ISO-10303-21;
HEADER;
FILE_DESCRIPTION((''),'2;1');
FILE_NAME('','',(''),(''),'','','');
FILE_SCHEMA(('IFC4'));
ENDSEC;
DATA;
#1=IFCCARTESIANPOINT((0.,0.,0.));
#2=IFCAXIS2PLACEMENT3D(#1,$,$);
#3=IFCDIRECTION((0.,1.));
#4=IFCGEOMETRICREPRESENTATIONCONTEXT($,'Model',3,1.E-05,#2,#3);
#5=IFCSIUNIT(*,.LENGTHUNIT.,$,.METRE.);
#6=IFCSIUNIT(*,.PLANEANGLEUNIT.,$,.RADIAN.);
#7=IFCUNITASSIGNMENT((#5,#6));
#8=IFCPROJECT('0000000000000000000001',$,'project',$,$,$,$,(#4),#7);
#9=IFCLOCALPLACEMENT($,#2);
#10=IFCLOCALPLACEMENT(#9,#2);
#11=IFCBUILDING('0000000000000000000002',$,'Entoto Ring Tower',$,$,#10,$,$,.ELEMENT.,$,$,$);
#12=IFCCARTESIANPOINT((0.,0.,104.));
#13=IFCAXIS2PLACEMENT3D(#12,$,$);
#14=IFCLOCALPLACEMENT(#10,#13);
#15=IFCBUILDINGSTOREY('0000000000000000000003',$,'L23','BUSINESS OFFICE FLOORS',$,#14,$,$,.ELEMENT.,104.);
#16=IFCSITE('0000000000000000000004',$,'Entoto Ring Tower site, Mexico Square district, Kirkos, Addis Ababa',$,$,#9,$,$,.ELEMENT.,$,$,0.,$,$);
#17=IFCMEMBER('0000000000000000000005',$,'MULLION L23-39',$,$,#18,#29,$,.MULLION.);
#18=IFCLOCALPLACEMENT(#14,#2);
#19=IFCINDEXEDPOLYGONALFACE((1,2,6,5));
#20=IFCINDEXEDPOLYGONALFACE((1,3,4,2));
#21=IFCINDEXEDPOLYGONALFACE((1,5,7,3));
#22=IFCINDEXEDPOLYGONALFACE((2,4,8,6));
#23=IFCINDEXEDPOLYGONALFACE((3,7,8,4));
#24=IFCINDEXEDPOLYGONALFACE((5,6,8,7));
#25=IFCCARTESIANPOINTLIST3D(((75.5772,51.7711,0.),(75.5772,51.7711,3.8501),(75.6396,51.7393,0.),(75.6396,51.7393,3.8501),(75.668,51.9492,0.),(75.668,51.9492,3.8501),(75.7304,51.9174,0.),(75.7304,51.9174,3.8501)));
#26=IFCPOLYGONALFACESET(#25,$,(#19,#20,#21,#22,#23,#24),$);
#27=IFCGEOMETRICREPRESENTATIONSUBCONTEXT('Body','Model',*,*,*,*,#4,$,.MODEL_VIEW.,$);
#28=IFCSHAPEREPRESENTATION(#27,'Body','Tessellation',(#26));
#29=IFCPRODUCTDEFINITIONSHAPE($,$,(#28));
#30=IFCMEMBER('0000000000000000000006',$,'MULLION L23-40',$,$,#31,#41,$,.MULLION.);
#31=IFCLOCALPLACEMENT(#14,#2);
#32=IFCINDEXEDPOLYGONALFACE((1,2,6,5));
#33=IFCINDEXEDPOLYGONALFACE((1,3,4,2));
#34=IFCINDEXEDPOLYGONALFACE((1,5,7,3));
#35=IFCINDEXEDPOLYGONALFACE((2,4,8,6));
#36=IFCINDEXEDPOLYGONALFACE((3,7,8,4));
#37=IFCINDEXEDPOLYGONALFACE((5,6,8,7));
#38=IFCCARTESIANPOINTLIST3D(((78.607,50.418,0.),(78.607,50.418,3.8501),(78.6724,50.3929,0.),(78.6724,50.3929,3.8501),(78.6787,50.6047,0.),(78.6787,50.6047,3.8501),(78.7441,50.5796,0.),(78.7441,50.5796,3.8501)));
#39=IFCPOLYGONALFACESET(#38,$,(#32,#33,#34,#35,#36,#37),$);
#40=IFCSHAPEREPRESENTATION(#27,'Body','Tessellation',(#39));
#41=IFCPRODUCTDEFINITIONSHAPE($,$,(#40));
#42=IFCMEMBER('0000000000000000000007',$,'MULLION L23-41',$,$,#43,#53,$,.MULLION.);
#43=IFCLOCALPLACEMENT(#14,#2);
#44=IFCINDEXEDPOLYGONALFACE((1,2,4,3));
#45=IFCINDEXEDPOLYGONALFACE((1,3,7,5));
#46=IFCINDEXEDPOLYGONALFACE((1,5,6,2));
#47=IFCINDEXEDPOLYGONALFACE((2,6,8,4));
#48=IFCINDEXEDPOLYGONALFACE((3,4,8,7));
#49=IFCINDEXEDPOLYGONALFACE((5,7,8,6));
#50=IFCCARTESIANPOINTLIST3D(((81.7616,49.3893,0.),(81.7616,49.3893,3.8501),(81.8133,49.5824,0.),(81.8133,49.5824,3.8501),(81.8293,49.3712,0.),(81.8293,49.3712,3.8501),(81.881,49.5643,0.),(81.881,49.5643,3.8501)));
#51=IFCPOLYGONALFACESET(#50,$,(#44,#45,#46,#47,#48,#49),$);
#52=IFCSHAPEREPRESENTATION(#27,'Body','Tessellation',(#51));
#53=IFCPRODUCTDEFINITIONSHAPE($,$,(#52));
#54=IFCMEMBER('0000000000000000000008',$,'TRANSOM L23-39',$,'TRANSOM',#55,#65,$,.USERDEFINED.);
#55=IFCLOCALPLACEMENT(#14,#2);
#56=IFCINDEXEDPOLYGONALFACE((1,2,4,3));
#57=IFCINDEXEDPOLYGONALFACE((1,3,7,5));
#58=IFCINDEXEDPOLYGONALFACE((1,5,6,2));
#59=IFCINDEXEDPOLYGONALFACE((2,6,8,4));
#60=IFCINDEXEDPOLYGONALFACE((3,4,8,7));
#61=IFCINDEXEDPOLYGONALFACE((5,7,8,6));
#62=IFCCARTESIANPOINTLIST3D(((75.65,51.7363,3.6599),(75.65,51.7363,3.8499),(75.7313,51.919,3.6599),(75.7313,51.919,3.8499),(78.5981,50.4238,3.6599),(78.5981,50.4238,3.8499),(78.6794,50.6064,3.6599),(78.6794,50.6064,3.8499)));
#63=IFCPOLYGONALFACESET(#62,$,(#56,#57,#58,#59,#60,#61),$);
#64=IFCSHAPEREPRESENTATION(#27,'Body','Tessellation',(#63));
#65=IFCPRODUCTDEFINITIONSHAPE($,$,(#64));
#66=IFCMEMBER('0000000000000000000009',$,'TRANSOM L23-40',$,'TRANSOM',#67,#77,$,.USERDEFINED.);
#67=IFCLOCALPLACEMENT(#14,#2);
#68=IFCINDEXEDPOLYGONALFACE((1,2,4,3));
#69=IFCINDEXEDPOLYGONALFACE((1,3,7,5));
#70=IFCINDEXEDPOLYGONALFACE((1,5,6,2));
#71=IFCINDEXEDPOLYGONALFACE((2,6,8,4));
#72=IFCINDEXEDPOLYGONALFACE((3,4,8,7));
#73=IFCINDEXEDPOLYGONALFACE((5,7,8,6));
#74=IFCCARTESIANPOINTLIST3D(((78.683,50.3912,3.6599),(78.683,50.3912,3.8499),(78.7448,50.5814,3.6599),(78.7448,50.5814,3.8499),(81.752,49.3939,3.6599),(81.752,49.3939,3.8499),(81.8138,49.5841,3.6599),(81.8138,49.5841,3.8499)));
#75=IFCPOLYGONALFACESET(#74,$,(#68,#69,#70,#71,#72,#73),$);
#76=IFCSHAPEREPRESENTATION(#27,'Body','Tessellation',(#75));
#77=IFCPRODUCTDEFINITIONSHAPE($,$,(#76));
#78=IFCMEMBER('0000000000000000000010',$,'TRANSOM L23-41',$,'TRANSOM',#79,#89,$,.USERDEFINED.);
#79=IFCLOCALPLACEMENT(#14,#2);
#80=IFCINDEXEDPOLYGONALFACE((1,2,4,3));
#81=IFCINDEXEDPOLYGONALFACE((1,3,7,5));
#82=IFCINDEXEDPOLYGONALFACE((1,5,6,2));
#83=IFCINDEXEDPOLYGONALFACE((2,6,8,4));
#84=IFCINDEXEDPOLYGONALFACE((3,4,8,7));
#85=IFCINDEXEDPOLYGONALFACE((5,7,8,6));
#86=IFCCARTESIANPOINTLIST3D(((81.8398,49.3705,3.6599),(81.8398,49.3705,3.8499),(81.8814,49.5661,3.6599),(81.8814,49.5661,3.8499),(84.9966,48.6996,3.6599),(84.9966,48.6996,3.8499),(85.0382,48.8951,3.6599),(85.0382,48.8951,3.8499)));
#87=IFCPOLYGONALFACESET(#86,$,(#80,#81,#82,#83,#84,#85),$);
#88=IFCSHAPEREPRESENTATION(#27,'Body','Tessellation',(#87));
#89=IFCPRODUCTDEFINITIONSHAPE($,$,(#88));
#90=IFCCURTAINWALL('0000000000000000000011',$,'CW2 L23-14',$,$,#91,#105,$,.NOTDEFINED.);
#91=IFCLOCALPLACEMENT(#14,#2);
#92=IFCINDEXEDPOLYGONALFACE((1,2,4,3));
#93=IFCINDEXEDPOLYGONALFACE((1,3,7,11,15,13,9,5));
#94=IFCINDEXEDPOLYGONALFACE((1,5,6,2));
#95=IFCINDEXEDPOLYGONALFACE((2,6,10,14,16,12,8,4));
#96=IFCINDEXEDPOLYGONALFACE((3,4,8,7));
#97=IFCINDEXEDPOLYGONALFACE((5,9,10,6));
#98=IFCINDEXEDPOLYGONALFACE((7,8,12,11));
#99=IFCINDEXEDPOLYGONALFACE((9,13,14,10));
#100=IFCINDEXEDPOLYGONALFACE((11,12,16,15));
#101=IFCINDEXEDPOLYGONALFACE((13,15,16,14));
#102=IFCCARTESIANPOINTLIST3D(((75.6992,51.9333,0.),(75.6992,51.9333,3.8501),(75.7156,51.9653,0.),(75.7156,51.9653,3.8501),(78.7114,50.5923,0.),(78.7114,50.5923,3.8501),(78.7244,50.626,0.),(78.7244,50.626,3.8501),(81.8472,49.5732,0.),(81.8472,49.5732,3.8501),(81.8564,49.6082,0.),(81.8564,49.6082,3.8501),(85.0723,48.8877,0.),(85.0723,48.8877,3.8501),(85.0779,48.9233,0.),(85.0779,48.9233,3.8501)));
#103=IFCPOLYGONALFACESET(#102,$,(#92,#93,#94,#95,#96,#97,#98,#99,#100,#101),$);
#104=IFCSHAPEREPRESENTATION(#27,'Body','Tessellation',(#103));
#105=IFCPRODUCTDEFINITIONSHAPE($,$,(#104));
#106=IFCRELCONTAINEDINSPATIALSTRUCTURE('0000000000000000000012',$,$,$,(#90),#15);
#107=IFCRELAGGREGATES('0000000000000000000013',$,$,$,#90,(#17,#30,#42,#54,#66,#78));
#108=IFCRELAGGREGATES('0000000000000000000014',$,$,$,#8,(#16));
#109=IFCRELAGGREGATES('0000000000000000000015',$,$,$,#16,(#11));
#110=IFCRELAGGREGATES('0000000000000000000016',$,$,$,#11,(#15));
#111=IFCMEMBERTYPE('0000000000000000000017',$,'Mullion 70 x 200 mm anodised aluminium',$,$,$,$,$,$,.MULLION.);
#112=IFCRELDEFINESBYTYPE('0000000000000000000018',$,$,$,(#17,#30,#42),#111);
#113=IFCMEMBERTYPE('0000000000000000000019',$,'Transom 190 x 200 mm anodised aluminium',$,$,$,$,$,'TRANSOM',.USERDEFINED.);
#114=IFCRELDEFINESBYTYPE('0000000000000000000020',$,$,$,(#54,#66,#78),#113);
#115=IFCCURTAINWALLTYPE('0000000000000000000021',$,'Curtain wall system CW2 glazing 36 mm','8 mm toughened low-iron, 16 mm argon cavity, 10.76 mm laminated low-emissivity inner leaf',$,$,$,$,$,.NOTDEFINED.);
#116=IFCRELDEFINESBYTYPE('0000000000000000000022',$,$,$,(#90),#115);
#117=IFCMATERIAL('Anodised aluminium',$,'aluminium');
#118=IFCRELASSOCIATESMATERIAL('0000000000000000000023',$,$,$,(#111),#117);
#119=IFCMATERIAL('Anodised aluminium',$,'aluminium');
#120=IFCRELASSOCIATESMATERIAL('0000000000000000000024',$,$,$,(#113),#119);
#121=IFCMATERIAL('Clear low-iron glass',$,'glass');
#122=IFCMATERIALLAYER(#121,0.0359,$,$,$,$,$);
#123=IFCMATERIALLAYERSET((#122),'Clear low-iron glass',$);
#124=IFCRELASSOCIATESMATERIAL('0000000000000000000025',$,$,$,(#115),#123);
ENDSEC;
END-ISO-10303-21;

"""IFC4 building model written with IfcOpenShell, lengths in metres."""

from ifc_helpers import new_model, si_unit, direction, frame, origin, origin_2d, place, context, subcontext, project, spatial, polyline, rectangle, outline, extrude, material, layer, layer_set, material_profile, profile_set, type_object, element, aggregate, save


model = new_model("IFC4")

# Units and contexts
model_context = context("Model", 3, precision=1e-05, world=origin(), true_north=direction((0.0, 1.0)))
body_context = subcontext(model_context, "Body", "Model", "MODEL_VIEW")
ifc_project = project(units=[si_unit("LENGTHUNIT", "METRE"), si_unit("PLANEANGLEUNIT", "RADIAN")], contexts=[model_context])

# Members
ifc_material_1 = material(Name="Anodised aluminium", Category="aluminium")
ifc_material_profile_1 = material_profile(ifc_material_1, rectangle(XDim=0.0701, YDim=0.2, at=origin_2d()), Name="Mullion 70 x 200 mm anodised aluminium")
ifc_profile_set_1 = profile_set([ifc_material_profile_1], Name="Anodised aluminium")
member_type_1 = type_object("IfcMemberType", Name="Mullion 70 x 200 mm anodised aluminium", PredefinedType="MULLION", material=ifc_profile_set_1)
site_placement = place(None, origin())
building_placement = place(site_placement, origin())
storey_placement = place(building_placement, frame((0.0, 0.0, 104.0)))
member_1_placement = place(storey_placement, frame((75.6538, 51.8442, 0.0), z_axis=(0.0, 0.0, 1.0), x_axis=(0.891007, -0.45399, 0.0)))
member_1 = element("IfcMember", 1, at=member_1_placement, type_object=member_type_1, Name="MULLION L23-39", PredefinedType="MULLION", context=body_context, shape_type="SweptSolid", body=[
    extrude(rectangle(XDim=0.0701, YDim=0.2, at=origin_2d()), origin(), (0.0, 0.0, 1.0), 3.8501),
])
member_2_placement = place(storey_placement, frame((78.6755, 50.4988, 0.0), z_axis=(0.0, 0.0, 1.0), x_axis=(0.93358, -0.358368, 0.0)))
member_2 = element("IfcMember", 2, at=member_2_placement, type_object=member_type_1, Name="MULLION L23-40", PredefinedType="MULLION", context=body_context, shape_type="SweptSolid", body=[
    extrude(rectangle(XDim=0.0701, YDim=0.2, at=origin_2d()), origin(), (0.0, 0.0, 1.0), 3.8501),
])
member_3_placement = place(storey_placement, frame((81.8213, 49.4768, 0.0), z_axis=(0.0, 0.0, 1.0), x_axis=(0.965926, -0.258819, 0.0)))
member_3 = element("IfcMember", 3, at=member_3_placement, type_object=member_type_1, Name="MULLION L23-41", PredefinedType="MULLION", context=body_context, shape_type="SweptSolid", body=[
    extrude(rectangle(XDim=0.0701, YDim=0.2, at=origin_2d()), origin(), (0.0, 0.0, 1.0), 3.8501),
])
ifc_material_2 = material(Name="Anodised aluminium", Category="aluminium")
ifc_material_profile_2 = material_profile(ifc_material_2, rectangle(XDim=0.2, YDim=0.1899, at=origin_2d()), Name="Transom 190 x 200 mm anodised aluminium")
ifc_profile_set_2 = profile_set([ifc_material_profile_2], Name="Anodised aluminium")
member_type_2 = type_object("IfcMemberType", Name="Transom 190 x 200 mm anodised aluminium", ElementType="TRANSOM", PredefinedType="USERDEFINED", material=ifc_profile_set_2)
member_4_placement = place(storey_placement, frame((75.6907, 51.8276, 3.7549), z_axis=(0.913549, -0.406728, 0.0), x_axis=(0.406728, 0.913549, 0.0)))
member_4 = element("IfcMember", 4, at=member_4_placement, type_object=member_type_2, Name="TRANSOM L23-39", ObjectType="TRANSOM", PredefinedType="USERDEFINED", context=body_context, shape_type="SweptSolid", body=[
    extrude(rectangle(XDim=0.2, YDim=0.1899, at=origin_2d()), origin(), (0.0, 0.0, 1.0), 3.2271),
])
member_5_placement = place(storey_placement, frame((78.7139, 50.4863, 3.7549), z_axis=(0.951047, -0.309047, 0.0), x_axis=(0.309047, 0.951047, 0.0)))
member_5 = element("IfcMember", 5, at=member_5_placement, type_object=member_type_2, Name="TRANSOM L23-40", ObjectType="TRANSOM", PredefinedType="USERDEFINED", context=body_context, shape_type="SweptSolid", body=[
    extrude(rectangle(XDim=0.2, YDim=0.1899, at=origin_2d()), origin(), (0.0, 0.0, 1.0), 3.2271),
])
member_6_placement = place(storey_placement, frame((81.8606, 49.4683, 3.7549), z_axis=(0.978153, -0.207886, 0.0), x_axis=(0.207886, 0.978153, 0.0)))
member_6 = element("IfcMember", 6, at=member_6_placement, type_object=member_type_2, Name="TRANSOM L23-41", ObjectType="TRANSOM", PredefinedType="USERDEFINED", context=body_context, shape_type="SweptSolid", body=[
    extrude(rectangle(XDim=0.2, YDim=0.1899, at=origin_2d()), origin(), (0.0, 0.0, 1.0), 3.2273),
])

# Site, building, storey
site = spatial("IfcSite", under=ifc_project, at=site_placement, Name="Entoto Ring Tower site, Mexico Square district, Kirkos, Addis Ababa", CompositionType="ELEMENT", RefElevation=0.0)
building = spatial("IfcBuilding", under=site, at=building_placement, Name="Entoto Ring Tower", CompositionType="ELEMENT")
storey = spatial("IfcBuildingStorey", under=building, at=storey_placement, Name="L23", Description="BUSINESS OFFICE FLOORS", CompositionType="ELEMENT", Elevation=104.0)

# Curtain wall
ifc_material_3 = material(Name="Clear low-iron glass", Category="glass")
ifc_layer = layer(ifc_material_3, 0.0359)
ifc_layer_set = layer_set([ifc_layer], Name="Clear low-iron glass")
curtain_wall_type = type_object("IfcCurtainWallType", Name="Curtain wall system CW2 glazing 36 mm", Description="8 mm toughened low-iron, 16 mm argon cavity, 10.76 mm laminated low-emissivity inner leaf", PredefinedType="NOTDEFINED", material=ifc_layer_set)
curtain_wall_1_placement = place(storey_placement, origin())
curtain_wall_1 = element("IfcCurtainWall", 7, at=curtain_wall_1_placement, inside=storey, type_object=curtain_wall_type, Name="CW2 L23-14", PredefinedType="NOTDEFINED", context=body_context, shape_type="SweptSolid", body=[
    extrude(outline(polyline([(75.6992, 51.9333), (78.7114, 50.5923), (81.8472, 49.5732), (85.0723, 48.8877), (85.0779, 48.9233), (81.8564, 49.6082), (78.7244, 50.626), (75.7156, 51.9653), (75.6992, 51.9333)])), origin(), (0.0, 0.0, 1.0), 3.8501),
])
aggregate(curtain_wall_1, [member_1, member_2, member_3, member_4, member_5, member_6])

save(model, "model.ifc")
